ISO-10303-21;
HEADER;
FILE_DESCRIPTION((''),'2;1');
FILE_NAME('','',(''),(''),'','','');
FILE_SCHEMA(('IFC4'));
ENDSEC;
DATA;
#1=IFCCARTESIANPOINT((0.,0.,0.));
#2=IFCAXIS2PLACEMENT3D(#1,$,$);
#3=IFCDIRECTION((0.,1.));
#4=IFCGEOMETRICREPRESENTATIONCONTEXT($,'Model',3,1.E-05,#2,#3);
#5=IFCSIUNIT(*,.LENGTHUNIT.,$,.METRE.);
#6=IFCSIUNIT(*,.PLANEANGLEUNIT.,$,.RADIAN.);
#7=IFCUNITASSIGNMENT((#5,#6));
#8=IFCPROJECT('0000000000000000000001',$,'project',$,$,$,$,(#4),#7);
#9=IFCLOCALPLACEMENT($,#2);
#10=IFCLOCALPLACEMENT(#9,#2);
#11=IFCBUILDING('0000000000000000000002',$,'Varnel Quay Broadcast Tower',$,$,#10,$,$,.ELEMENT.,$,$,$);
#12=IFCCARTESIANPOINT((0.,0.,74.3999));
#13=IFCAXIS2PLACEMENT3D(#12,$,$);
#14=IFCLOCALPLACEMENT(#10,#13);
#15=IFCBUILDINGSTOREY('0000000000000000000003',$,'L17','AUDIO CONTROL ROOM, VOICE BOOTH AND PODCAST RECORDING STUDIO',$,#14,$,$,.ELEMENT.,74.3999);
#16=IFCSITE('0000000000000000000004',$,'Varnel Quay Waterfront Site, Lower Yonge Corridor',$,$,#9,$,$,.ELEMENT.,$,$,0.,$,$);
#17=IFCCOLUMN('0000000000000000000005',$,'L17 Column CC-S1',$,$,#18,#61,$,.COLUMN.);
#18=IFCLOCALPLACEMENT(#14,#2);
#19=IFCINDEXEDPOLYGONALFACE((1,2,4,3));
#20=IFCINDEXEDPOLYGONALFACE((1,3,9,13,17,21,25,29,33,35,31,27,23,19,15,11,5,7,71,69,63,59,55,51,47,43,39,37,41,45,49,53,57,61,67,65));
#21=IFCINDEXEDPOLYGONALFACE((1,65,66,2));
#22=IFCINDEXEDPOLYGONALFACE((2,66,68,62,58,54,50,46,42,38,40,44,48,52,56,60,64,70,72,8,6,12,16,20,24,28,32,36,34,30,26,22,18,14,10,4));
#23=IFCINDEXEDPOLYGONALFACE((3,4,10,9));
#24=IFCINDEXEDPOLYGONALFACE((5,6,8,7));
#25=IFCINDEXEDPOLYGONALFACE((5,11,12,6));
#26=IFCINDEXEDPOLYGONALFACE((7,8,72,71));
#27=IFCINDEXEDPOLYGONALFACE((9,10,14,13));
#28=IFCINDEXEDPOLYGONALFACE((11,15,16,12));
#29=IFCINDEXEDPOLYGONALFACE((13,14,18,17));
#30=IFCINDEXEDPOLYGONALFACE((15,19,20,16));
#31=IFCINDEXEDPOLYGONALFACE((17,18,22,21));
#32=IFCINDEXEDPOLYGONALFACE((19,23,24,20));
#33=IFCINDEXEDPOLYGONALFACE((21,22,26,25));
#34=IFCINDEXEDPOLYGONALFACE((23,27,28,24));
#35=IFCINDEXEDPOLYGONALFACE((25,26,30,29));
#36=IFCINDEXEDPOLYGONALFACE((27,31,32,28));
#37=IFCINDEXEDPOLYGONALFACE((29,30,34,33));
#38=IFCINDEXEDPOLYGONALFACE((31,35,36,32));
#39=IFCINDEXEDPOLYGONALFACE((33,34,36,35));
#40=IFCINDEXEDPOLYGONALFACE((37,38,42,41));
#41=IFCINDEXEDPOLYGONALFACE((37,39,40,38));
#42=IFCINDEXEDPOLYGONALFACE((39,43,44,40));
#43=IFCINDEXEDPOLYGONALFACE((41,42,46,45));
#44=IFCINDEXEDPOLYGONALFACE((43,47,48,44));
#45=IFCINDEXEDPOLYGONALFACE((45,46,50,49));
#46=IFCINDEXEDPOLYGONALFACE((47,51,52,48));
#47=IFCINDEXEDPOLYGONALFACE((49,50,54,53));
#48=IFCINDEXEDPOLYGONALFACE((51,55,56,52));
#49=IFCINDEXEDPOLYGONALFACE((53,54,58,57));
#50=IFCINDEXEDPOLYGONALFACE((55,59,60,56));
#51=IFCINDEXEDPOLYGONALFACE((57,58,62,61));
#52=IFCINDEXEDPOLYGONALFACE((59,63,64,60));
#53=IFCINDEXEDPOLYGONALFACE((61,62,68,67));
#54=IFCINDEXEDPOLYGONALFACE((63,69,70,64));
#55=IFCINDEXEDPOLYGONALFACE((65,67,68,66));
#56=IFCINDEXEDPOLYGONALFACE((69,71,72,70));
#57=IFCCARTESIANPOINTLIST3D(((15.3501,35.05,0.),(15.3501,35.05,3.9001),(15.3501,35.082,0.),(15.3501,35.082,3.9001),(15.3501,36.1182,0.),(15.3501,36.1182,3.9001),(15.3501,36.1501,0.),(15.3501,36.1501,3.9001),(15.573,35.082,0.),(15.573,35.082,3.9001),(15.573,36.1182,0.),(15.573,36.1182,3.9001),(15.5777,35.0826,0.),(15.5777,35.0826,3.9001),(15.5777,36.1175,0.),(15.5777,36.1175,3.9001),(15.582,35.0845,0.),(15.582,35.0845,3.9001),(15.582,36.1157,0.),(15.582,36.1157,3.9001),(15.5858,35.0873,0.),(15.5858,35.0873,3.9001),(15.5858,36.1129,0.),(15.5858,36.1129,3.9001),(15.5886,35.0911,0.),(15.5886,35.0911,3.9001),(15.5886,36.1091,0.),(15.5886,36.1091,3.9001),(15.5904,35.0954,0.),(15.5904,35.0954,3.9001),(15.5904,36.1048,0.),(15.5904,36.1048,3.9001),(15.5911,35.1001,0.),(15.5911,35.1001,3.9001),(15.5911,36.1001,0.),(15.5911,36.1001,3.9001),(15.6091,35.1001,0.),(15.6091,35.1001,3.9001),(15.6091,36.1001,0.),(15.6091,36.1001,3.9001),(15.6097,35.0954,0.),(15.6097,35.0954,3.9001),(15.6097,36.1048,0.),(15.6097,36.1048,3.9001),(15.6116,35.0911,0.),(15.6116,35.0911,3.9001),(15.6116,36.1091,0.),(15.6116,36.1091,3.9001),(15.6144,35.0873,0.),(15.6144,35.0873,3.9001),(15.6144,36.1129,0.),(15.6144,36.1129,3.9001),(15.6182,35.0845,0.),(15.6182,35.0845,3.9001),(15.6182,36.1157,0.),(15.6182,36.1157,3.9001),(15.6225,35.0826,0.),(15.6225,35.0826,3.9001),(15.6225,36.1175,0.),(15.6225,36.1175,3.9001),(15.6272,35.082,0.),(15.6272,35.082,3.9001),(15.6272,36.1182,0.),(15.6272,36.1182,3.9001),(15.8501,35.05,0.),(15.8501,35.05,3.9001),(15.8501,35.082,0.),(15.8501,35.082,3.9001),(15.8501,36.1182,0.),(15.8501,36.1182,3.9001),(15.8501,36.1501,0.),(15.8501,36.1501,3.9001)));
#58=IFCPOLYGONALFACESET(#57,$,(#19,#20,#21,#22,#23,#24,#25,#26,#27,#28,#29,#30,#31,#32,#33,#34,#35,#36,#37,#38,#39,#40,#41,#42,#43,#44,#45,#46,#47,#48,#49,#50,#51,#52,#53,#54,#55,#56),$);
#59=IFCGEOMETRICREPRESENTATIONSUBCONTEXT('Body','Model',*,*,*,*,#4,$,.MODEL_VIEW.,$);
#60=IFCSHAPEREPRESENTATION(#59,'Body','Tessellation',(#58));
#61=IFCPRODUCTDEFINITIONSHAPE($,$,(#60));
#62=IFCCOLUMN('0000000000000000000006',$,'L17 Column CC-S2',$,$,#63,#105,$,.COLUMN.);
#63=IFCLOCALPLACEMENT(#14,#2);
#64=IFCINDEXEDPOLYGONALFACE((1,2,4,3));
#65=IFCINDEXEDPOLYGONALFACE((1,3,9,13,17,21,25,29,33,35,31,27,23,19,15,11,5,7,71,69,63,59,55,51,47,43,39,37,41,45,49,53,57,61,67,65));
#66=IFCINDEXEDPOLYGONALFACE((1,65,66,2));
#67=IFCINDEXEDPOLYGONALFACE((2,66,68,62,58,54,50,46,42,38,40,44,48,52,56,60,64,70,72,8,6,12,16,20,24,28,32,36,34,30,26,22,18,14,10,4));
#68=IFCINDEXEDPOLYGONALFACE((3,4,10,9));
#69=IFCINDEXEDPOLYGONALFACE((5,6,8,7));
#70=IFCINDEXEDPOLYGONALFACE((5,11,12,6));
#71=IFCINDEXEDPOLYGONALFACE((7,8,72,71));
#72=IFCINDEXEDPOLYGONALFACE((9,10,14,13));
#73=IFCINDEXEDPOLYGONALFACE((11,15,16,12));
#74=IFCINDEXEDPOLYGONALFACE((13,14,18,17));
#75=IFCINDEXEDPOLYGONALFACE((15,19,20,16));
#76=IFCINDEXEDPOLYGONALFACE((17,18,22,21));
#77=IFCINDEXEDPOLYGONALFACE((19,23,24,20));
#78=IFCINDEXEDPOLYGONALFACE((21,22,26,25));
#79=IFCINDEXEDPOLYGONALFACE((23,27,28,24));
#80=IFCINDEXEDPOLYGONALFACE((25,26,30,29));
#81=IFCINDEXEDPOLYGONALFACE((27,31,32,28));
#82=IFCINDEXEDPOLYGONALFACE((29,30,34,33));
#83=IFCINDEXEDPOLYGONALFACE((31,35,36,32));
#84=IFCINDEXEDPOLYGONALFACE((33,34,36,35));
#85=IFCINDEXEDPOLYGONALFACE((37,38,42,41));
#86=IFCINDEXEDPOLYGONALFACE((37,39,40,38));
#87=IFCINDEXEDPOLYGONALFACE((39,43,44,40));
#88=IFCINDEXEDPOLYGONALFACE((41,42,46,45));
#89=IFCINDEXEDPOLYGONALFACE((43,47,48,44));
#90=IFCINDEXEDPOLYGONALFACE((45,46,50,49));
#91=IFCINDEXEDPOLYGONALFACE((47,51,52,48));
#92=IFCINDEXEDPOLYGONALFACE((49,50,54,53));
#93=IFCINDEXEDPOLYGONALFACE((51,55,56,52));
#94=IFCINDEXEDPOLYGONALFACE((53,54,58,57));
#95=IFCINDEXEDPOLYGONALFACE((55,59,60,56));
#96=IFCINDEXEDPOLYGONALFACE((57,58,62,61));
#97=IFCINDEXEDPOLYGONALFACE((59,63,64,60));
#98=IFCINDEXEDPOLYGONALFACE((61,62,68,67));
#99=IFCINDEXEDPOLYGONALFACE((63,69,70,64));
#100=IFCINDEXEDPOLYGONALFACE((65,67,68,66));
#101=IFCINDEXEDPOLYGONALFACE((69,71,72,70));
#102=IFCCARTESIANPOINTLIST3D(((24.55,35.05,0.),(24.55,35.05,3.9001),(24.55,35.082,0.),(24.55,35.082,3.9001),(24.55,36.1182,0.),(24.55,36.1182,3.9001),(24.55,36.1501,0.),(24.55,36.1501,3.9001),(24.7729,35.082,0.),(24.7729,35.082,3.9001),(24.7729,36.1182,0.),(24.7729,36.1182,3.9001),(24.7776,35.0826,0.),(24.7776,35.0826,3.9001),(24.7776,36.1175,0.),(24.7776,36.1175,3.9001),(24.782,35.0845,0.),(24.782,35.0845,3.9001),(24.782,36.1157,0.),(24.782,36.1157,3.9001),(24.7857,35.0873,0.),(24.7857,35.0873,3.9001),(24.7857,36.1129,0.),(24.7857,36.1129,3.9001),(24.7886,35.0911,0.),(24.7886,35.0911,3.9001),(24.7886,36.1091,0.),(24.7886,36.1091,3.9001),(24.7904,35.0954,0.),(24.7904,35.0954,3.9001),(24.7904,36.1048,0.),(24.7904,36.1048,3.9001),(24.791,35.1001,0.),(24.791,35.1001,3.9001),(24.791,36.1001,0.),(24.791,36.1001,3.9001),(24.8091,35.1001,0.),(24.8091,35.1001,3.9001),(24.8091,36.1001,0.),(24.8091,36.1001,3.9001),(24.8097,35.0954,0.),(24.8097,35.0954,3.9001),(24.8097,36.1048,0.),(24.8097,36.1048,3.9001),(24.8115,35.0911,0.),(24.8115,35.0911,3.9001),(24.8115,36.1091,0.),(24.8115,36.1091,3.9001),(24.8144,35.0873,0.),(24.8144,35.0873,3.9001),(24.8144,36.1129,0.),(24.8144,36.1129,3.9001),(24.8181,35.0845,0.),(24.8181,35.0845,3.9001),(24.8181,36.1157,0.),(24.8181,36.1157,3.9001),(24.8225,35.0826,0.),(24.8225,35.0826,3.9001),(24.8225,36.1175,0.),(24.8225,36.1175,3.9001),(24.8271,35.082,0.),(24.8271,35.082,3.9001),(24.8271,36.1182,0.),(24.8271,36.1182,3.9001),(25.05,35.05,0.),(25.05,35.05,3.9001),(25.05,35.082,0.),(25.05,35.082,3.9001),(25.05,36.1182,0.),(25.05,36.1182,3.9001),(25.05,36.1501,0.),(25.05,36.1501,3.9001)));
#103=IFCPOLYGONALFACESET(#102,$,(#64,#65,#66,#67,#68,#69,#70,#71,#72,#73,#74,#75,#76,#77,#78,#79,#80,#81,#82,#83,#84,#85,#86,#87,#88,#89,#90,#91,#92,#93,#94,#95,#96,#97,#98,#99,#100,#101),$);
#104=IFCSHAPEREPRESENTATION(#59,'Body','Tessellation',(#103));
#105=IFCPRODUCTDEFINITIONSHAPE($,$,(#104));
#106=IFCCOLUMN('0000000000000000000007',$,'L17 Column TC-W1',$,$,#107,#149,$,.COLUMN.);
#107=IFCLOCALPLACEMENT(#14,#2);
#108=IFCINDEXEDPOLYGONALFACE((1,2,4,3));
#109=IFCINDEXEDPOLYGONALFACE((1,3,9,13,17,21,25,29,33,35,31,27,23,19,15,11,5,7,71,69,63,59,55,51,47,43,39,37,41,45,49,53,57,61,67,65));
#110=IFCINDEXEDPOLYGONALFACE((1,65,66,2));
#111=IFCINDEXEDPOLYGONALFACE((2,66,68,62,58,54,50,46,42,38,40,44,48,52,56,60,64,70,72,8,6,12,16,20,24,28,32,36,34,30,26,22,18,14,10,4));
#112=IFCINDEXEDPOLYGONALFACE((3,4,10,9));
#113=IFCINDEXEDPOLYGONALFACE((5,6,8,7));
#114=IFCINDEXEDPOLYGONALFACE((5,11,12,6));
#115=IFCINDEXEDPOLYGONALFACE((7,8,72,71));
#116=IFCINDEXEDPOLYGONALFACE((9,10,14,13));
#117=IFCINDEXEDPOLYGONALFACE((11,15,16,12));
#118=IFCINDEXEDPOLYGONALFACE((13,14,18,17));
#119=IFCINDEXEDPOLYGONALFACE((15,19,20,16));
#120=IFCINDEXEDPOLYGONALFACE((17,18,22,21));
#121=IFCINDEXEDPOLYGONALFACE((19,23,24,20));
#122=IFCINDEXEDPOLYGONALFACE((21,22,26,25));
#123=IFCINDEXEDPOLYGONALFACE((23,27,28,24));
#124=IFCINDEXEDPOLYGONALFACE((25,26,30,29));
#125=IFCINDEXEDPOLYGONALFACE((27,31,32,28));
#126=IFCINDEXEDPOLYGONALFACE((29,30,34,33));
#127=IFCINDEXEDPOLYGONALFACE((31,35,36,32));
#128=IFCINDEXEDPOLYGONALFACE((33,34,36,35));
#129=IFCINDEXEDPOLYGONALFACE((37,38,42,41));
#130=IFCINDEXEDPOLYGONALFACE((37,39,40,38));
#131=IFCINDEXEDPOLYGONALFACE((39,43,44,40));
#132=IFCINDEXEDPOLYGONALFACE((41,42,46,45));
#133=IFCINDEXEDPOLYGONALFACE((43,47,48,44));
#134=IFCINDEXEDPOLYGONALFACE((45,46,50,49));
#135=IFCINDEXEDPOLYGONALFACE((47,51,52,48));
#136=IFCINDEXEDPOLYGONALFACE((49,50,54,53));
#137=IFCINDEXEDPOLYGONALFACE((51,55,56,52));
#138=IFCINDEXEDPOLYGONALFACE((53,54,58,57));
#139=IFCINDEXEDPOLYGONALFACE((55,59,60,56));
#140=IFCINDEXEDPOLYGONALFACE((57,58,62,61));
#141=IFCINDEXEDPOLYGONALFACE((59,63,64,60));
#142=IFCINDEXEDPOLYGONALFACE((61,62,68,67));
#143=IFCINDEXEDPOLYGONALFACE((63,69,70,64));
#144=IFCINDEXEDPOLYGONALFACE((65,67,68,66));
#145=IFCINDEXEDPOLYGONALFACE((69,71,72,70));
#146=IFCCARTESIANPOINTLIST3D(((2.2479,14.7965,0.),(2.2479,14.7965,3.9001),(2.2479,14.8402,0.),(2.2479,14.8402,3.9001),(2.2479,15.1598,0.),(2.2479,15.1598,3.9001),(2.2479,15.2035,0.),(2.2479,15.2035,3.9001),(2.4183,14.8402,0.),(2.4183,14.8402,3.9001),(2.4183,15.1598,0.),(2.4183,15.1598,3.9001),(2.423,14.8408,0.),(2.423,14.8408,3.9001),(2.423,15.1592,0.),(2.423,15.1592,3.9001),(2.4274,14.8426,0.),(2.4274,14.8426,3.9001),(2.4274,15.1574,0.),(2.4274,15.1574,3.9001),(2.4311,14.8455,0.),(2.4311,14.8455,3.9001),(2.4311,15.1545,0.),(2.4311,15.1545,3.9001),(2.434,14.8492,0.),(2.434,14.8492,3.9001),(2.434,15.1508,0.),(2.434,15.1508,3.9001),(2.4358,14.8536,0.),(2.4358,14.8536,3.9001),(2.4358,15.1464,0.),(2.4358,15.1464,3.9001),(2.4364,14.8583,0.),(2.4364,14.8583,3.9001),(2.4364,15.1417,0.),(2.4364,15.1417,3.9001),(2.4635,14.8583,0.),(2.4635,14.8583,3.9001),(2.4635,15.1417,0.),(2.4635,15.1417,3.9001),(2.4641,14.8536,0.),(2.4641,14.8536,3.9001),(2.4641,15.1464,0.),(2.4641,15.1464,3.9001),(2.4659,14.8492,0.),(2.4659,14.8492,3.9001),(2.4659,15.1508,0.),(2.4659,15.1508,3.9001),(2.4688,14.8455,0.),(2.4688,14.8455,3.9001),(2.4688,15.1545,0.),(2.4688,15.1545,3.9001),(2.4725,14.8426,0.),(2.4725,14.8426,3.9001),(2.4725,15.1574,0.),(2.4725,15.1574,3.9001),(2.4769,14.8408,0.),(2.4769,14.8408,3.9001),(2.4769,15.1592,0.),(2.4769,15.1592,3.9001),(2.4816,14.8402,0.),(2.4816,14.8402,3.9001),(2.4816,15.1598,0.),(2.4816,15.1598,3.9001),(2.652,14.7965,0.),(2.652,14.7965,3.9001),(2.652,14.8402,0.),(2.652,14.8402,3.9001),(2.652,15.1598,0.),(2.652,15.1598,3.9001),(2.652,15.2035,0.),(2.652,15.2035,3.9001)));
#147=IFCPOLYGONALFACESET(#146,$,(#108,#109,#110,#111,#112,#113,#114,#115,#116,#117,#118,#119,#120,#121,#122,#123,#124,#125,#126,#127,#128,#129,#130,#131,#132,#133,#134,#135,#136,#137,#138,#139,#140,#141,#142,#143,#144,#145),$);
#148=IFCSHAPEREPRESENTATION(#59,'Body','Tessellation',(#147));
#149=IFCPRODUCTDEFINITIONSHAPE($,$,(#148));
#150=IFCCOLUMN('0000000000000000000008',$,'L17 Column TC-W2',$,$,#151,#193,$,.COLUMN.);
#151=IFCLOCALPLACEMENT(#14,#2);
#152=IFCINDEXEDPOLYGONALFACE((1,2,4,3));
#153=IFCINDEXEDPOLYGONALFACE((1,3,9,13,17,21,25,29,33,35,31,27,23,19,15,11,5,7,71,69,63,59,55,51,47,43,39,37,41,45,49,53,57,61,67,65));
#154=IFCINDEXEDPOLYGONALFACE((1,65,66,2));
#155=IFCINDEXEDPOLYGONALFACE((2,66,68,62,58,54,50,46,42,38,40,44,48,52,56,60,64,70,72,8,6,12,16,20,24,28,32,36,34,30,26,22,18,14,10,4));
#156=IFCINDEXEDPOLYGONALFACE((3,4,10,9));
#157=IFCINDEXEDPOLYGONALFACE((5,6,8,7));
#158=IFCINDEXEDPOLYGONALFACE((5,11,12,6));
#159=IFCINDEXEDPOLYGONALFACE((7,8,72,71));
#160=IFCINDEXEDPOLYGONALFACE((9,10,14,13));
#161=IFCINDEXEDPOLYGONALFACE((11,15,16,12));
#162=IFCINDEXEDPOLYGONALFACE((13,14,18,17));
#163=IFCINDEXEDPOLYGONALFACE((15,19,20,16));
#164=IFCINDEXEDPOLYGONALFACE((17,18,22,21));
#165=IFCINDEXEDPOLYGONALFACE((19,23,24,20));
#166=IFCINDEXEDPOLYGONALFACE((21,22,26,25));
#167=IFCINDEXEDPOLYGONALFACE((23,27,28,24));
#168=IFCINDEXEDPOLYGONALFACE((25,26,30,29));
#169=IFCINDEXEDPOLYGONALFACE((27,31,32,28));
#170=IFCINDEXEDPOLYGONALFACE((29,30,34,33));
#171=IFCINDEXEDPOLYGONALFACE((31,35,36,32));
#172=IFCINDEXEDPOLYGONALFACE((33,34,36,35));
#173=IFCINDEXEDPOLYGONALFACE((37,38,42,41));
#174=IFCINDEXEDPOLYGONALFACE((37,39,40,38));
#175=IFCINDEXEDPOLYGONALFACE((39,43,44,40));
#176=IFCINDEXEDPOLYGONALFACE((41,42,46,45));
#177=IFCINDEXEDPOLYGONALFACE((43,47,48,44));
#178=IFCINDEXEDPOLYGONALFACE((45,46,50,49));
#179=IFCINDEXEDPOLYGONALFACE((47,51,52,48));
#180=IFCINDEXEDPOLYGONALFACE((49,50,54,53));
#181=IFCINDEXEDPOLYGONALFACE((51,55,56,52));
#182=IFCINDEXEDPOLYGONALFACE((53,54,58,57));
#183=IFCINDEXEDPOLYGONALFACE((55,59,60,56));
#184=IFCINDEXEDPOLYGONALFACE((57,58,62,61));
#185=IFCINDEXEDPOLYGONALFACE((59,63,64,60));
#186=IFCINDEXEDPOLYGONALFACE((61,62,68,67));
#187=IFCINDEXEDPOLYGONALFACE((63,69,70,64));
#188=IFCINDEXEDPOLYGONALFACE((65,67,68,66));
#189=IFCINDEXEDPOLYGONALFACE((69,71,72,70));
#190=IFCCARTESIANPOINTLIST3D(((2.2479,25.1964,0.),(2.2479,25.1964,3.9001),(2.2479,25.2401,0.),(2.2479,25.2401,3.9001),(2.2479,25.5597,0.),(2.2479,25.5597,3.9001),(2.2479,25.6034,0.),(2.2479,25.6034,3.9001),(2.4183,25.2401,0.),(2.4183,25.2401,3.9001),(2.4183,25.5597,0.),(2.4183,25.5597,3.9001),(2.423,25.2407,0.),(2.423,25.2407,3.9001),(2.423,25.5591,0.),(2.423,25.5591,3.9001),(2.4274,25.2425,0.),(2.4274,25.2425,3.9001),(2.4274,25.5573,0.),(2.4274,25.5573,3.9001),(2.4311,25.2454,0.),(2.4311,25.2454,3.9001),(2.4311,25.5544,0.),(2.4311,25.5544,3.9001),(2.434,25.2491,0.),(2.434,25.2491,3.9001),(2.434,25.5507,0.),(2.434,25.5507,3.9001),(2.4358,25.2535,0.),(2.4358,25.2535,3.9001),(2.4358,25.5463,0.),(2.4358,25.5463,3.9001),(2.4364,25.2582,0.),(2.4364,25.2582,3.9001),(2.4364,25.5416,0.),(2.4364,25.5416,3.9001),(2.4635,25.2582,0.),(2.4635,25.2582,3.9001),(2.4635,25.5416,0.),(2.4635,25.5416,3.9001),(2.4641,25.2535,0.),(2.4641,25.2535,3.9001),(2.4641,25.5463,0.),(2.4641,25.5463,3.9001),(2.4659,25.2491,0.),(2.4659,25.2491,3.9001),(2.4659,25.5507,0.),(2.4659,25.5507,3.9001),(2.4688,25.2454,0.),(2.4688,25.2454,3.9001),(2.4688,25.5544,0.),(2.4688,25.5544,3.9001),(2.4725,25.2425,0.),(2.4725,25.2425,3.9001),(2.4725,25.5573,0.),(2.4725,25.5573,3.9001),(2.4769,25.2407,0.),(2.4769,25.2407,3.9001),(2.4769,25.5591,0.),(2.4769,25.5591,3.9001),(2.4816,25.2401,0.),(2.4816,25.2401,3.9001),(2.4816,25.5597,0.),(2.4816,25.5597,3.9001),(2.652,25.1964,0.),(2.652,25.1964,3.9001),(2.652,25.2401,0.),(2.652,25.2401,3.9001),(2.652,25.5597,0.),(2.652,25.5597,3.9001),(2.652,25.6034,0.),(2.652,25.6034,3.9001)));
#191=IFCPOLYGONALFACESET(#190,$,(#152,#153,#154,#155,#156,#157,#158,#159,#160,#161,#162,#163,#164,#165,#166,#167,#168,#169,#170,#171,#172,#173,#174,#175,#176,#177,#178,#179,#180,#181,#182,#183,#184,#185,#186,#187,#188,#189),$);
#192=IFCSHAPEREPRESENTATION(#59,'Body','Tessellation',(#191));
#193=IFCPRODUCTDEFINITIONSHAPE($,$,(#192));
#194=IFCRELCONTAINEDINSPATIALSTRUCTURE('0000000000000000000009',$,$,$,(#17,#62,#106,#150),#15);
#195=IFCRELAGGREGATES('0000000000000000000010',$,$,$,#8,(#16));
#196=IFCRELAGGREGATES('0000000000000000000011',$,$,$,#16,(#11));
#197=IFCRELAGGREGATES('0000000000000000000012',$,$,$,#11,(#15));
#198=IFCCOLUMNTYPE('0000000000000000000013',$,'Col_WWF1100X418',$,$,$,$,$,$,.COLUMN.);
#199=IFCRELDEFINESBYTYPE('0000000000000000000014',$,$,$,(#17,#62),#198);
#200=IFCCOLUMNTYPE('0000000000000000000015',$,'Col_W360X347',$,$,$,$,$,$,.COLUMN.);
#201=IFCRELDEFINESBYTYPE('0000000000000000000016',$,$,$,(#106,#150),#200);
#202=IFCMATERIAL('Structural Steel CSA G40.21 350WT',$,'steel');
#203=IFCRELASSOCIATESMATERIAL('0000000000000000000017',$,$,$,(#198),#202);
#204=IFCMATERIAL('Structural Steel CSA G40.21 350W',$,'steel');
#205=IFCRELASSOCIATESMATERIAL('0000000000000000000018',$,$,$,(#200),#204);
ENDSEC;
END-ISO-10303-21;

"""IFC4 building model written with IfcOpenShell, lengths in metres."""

from ifc_helpers import new_model, si_unit, direction, frame, origin, origin_2d, place, context, subcontext, project, spatial, i_section, extrude, source, transform, mapped, material, material_profile, profile_set, type_object, type_shapes, element, save


model = new_model("IFC4")

# Units and contexts
model_context = context("Model", 3, precision=1e-05, world=origin(), true_north=direction((0.0, 1.0)))
body_context = subcontext(model_context, "Body", "Model", "MODEL_VIEW")
ifc_project = project(units=[si_unit("LENGTHUNIT", "METRE"), si_unit("PLANEANGLEUNIT", "RADIAN")], contexts=[model_context])

# Site, building, storey
site_placement = place(None, origin())
site = spatial("IfcSite", under=ifc_project, at=site_placement, Name="Varnel Quay Waterfront Site, Lower Yonge Corridor", CompositionType="ELEMENT", RefElevation=0.0)
building_placement = place(site_placement, origin())
building = spatial("IfcBuilding", under=site, at=building_placement, Name="Varnel Quay Broadcast Tower", CompositionType="ELEMENT")
storey_placement = place(building_placement, frame((0.0, 0.0, 74.3999)))
storey = spatial("IfcBuildingStorey", under=building, at=storey_placement, Name="L17", Description="AUDIO CONTROL ROOM, VOICE BOOTH AND PODCAST RECORDING STUDIO", CompositionType="ELEMENT", Elevation=74.3999)

# Columns
ifc_material_1 = material(Name="Structural Steel CSA G40.21 350WT", Category="steel")
ifc_material_profile_1 = material_profile(ifc_material_1, i_section(OverallWidth=0.5, OverallDepth=1.1001, WebThickness=0.0181, FlangeThickness=0.032, FilletRadius=0.0181, at=origin_2d()), Name="WWF1100X418")
ifc_profile_set_1 = profile_set([ifc_material_profile_1], Name="Structural Steel CSA G40.21 350WT")
column_type_1 = type_object("IfcColumnType", Name="Col_WWF1100X418", PredefinedType="COLUMN", material=ifc_profile_set_1)
shared_shape_1 = source(origin(), body_context, "Body", "SweptSolid", [
    extrude(i_section(OverallWidth=0.5, OverallDepth=1.1001, WebThickness=0.0181, FlangeThickness=0.032, FilletRadius=0.0181, at=origin_2d()), origin(), (0.0, 0.0, 1.0), 3.9001),
])
type_shapes(column_type_1, [shared_shape_1])
for number, where, z_axis, x_axis, name in (
    (1, (15.6001, 35.6001, 0.0), (0.0, 0.0, 1.0), (1.0, 0.0, 0.0), "L17 Column CC-S1"),
    (2, (24.8, 35.6001, 0.0), (0.0, 0.0, 1.0), (1.0, 0.0, 0.0), "L17 Column CC-S2"),
):
    element("IfcColumn", number, at=place(storey_placement, frame(where, z_axis=z_axis, x_axis=x_axis)), inside=storey, type_object=column_type_1, Name=name, PredefinedType="COLUMN", context=body_context, shape_type="MappedRepresentation", body=[
        mapped(shared_shape_1, transform((0.0, 0.0, 0.0), x_axis=(1.0, 0.0, 0.0), y_axis=(0.0, 1.0, 0.0), z_axis=(0.0, 0.0, 1.0), scale=1.0)),
    ])
ifc_material_2 = material(Name="Structural Steel CSA G40.21 350W", Category="steel")
ifc_material_profile_2 = material_profile(ifc_material_2, i_section(OverallWidth=0.4041, OverallDepth=0.407, WebThickness=0.0271, FlangeThickness=0.0437, FilletRadius=0.0181, at=origin_2d()), Name="W360X347")
ifc_profile_set_2 = profile_set([ifc_material_profile_2], Name="Structural Steel CSA G40.21 350W")
column_type_2 = type_object("IfcColumnType", Name="Col_W360X347", PredefinedType="COLUMN", material=ifc_profile_set_2)
shared_shape_2 = source(origin(), body_context, "Body", "SweptSolid", [
    extrude(i_section(OverallWidth=0.4041, OverallDepth=0.407, WebThickness=0.0271, FlangeThickness=0.0437, FilletRadius=0.0181, at=origin_2d()), origin(), (0.0, 0.0, 1.0), 3.9001),
])
type_shapes(column_type_2, [shared_shape_2])
for number, where, z_axis, x_axis, name in (
    (3, (2.45, 15.0, 0.0), (0.0, 0.0, 1.0), (1.0, 0.0, 0.0), "L17 Column TC-W1"),
    (4, (2.45, 25.3999, 0.0), (0.0, 0.0, 1.0), (1.0, 0.0, 0.0), "L17 Column TC-W2"),
):
    element("IfcColumn", number, at=place(storey_placement, frame(where, z_axis=z_axis, x_axis=x_axis)), inside=storey, type_object=column_type_2, Name=name, PredefinedType="COLUMN", context=body_context, shape_type="MappedRepresentation", body=[
        mapped(shared_shape_2, transform((0.0, 0.0, 0.0), x_axis=(1.0, 0.0, 0.0), y_axis=(0.0, 1.0, 0.0), z_axis=(0.0, 0.0, 1.0), scale=1.0)),
    ])

save(model, "model.ifc")
